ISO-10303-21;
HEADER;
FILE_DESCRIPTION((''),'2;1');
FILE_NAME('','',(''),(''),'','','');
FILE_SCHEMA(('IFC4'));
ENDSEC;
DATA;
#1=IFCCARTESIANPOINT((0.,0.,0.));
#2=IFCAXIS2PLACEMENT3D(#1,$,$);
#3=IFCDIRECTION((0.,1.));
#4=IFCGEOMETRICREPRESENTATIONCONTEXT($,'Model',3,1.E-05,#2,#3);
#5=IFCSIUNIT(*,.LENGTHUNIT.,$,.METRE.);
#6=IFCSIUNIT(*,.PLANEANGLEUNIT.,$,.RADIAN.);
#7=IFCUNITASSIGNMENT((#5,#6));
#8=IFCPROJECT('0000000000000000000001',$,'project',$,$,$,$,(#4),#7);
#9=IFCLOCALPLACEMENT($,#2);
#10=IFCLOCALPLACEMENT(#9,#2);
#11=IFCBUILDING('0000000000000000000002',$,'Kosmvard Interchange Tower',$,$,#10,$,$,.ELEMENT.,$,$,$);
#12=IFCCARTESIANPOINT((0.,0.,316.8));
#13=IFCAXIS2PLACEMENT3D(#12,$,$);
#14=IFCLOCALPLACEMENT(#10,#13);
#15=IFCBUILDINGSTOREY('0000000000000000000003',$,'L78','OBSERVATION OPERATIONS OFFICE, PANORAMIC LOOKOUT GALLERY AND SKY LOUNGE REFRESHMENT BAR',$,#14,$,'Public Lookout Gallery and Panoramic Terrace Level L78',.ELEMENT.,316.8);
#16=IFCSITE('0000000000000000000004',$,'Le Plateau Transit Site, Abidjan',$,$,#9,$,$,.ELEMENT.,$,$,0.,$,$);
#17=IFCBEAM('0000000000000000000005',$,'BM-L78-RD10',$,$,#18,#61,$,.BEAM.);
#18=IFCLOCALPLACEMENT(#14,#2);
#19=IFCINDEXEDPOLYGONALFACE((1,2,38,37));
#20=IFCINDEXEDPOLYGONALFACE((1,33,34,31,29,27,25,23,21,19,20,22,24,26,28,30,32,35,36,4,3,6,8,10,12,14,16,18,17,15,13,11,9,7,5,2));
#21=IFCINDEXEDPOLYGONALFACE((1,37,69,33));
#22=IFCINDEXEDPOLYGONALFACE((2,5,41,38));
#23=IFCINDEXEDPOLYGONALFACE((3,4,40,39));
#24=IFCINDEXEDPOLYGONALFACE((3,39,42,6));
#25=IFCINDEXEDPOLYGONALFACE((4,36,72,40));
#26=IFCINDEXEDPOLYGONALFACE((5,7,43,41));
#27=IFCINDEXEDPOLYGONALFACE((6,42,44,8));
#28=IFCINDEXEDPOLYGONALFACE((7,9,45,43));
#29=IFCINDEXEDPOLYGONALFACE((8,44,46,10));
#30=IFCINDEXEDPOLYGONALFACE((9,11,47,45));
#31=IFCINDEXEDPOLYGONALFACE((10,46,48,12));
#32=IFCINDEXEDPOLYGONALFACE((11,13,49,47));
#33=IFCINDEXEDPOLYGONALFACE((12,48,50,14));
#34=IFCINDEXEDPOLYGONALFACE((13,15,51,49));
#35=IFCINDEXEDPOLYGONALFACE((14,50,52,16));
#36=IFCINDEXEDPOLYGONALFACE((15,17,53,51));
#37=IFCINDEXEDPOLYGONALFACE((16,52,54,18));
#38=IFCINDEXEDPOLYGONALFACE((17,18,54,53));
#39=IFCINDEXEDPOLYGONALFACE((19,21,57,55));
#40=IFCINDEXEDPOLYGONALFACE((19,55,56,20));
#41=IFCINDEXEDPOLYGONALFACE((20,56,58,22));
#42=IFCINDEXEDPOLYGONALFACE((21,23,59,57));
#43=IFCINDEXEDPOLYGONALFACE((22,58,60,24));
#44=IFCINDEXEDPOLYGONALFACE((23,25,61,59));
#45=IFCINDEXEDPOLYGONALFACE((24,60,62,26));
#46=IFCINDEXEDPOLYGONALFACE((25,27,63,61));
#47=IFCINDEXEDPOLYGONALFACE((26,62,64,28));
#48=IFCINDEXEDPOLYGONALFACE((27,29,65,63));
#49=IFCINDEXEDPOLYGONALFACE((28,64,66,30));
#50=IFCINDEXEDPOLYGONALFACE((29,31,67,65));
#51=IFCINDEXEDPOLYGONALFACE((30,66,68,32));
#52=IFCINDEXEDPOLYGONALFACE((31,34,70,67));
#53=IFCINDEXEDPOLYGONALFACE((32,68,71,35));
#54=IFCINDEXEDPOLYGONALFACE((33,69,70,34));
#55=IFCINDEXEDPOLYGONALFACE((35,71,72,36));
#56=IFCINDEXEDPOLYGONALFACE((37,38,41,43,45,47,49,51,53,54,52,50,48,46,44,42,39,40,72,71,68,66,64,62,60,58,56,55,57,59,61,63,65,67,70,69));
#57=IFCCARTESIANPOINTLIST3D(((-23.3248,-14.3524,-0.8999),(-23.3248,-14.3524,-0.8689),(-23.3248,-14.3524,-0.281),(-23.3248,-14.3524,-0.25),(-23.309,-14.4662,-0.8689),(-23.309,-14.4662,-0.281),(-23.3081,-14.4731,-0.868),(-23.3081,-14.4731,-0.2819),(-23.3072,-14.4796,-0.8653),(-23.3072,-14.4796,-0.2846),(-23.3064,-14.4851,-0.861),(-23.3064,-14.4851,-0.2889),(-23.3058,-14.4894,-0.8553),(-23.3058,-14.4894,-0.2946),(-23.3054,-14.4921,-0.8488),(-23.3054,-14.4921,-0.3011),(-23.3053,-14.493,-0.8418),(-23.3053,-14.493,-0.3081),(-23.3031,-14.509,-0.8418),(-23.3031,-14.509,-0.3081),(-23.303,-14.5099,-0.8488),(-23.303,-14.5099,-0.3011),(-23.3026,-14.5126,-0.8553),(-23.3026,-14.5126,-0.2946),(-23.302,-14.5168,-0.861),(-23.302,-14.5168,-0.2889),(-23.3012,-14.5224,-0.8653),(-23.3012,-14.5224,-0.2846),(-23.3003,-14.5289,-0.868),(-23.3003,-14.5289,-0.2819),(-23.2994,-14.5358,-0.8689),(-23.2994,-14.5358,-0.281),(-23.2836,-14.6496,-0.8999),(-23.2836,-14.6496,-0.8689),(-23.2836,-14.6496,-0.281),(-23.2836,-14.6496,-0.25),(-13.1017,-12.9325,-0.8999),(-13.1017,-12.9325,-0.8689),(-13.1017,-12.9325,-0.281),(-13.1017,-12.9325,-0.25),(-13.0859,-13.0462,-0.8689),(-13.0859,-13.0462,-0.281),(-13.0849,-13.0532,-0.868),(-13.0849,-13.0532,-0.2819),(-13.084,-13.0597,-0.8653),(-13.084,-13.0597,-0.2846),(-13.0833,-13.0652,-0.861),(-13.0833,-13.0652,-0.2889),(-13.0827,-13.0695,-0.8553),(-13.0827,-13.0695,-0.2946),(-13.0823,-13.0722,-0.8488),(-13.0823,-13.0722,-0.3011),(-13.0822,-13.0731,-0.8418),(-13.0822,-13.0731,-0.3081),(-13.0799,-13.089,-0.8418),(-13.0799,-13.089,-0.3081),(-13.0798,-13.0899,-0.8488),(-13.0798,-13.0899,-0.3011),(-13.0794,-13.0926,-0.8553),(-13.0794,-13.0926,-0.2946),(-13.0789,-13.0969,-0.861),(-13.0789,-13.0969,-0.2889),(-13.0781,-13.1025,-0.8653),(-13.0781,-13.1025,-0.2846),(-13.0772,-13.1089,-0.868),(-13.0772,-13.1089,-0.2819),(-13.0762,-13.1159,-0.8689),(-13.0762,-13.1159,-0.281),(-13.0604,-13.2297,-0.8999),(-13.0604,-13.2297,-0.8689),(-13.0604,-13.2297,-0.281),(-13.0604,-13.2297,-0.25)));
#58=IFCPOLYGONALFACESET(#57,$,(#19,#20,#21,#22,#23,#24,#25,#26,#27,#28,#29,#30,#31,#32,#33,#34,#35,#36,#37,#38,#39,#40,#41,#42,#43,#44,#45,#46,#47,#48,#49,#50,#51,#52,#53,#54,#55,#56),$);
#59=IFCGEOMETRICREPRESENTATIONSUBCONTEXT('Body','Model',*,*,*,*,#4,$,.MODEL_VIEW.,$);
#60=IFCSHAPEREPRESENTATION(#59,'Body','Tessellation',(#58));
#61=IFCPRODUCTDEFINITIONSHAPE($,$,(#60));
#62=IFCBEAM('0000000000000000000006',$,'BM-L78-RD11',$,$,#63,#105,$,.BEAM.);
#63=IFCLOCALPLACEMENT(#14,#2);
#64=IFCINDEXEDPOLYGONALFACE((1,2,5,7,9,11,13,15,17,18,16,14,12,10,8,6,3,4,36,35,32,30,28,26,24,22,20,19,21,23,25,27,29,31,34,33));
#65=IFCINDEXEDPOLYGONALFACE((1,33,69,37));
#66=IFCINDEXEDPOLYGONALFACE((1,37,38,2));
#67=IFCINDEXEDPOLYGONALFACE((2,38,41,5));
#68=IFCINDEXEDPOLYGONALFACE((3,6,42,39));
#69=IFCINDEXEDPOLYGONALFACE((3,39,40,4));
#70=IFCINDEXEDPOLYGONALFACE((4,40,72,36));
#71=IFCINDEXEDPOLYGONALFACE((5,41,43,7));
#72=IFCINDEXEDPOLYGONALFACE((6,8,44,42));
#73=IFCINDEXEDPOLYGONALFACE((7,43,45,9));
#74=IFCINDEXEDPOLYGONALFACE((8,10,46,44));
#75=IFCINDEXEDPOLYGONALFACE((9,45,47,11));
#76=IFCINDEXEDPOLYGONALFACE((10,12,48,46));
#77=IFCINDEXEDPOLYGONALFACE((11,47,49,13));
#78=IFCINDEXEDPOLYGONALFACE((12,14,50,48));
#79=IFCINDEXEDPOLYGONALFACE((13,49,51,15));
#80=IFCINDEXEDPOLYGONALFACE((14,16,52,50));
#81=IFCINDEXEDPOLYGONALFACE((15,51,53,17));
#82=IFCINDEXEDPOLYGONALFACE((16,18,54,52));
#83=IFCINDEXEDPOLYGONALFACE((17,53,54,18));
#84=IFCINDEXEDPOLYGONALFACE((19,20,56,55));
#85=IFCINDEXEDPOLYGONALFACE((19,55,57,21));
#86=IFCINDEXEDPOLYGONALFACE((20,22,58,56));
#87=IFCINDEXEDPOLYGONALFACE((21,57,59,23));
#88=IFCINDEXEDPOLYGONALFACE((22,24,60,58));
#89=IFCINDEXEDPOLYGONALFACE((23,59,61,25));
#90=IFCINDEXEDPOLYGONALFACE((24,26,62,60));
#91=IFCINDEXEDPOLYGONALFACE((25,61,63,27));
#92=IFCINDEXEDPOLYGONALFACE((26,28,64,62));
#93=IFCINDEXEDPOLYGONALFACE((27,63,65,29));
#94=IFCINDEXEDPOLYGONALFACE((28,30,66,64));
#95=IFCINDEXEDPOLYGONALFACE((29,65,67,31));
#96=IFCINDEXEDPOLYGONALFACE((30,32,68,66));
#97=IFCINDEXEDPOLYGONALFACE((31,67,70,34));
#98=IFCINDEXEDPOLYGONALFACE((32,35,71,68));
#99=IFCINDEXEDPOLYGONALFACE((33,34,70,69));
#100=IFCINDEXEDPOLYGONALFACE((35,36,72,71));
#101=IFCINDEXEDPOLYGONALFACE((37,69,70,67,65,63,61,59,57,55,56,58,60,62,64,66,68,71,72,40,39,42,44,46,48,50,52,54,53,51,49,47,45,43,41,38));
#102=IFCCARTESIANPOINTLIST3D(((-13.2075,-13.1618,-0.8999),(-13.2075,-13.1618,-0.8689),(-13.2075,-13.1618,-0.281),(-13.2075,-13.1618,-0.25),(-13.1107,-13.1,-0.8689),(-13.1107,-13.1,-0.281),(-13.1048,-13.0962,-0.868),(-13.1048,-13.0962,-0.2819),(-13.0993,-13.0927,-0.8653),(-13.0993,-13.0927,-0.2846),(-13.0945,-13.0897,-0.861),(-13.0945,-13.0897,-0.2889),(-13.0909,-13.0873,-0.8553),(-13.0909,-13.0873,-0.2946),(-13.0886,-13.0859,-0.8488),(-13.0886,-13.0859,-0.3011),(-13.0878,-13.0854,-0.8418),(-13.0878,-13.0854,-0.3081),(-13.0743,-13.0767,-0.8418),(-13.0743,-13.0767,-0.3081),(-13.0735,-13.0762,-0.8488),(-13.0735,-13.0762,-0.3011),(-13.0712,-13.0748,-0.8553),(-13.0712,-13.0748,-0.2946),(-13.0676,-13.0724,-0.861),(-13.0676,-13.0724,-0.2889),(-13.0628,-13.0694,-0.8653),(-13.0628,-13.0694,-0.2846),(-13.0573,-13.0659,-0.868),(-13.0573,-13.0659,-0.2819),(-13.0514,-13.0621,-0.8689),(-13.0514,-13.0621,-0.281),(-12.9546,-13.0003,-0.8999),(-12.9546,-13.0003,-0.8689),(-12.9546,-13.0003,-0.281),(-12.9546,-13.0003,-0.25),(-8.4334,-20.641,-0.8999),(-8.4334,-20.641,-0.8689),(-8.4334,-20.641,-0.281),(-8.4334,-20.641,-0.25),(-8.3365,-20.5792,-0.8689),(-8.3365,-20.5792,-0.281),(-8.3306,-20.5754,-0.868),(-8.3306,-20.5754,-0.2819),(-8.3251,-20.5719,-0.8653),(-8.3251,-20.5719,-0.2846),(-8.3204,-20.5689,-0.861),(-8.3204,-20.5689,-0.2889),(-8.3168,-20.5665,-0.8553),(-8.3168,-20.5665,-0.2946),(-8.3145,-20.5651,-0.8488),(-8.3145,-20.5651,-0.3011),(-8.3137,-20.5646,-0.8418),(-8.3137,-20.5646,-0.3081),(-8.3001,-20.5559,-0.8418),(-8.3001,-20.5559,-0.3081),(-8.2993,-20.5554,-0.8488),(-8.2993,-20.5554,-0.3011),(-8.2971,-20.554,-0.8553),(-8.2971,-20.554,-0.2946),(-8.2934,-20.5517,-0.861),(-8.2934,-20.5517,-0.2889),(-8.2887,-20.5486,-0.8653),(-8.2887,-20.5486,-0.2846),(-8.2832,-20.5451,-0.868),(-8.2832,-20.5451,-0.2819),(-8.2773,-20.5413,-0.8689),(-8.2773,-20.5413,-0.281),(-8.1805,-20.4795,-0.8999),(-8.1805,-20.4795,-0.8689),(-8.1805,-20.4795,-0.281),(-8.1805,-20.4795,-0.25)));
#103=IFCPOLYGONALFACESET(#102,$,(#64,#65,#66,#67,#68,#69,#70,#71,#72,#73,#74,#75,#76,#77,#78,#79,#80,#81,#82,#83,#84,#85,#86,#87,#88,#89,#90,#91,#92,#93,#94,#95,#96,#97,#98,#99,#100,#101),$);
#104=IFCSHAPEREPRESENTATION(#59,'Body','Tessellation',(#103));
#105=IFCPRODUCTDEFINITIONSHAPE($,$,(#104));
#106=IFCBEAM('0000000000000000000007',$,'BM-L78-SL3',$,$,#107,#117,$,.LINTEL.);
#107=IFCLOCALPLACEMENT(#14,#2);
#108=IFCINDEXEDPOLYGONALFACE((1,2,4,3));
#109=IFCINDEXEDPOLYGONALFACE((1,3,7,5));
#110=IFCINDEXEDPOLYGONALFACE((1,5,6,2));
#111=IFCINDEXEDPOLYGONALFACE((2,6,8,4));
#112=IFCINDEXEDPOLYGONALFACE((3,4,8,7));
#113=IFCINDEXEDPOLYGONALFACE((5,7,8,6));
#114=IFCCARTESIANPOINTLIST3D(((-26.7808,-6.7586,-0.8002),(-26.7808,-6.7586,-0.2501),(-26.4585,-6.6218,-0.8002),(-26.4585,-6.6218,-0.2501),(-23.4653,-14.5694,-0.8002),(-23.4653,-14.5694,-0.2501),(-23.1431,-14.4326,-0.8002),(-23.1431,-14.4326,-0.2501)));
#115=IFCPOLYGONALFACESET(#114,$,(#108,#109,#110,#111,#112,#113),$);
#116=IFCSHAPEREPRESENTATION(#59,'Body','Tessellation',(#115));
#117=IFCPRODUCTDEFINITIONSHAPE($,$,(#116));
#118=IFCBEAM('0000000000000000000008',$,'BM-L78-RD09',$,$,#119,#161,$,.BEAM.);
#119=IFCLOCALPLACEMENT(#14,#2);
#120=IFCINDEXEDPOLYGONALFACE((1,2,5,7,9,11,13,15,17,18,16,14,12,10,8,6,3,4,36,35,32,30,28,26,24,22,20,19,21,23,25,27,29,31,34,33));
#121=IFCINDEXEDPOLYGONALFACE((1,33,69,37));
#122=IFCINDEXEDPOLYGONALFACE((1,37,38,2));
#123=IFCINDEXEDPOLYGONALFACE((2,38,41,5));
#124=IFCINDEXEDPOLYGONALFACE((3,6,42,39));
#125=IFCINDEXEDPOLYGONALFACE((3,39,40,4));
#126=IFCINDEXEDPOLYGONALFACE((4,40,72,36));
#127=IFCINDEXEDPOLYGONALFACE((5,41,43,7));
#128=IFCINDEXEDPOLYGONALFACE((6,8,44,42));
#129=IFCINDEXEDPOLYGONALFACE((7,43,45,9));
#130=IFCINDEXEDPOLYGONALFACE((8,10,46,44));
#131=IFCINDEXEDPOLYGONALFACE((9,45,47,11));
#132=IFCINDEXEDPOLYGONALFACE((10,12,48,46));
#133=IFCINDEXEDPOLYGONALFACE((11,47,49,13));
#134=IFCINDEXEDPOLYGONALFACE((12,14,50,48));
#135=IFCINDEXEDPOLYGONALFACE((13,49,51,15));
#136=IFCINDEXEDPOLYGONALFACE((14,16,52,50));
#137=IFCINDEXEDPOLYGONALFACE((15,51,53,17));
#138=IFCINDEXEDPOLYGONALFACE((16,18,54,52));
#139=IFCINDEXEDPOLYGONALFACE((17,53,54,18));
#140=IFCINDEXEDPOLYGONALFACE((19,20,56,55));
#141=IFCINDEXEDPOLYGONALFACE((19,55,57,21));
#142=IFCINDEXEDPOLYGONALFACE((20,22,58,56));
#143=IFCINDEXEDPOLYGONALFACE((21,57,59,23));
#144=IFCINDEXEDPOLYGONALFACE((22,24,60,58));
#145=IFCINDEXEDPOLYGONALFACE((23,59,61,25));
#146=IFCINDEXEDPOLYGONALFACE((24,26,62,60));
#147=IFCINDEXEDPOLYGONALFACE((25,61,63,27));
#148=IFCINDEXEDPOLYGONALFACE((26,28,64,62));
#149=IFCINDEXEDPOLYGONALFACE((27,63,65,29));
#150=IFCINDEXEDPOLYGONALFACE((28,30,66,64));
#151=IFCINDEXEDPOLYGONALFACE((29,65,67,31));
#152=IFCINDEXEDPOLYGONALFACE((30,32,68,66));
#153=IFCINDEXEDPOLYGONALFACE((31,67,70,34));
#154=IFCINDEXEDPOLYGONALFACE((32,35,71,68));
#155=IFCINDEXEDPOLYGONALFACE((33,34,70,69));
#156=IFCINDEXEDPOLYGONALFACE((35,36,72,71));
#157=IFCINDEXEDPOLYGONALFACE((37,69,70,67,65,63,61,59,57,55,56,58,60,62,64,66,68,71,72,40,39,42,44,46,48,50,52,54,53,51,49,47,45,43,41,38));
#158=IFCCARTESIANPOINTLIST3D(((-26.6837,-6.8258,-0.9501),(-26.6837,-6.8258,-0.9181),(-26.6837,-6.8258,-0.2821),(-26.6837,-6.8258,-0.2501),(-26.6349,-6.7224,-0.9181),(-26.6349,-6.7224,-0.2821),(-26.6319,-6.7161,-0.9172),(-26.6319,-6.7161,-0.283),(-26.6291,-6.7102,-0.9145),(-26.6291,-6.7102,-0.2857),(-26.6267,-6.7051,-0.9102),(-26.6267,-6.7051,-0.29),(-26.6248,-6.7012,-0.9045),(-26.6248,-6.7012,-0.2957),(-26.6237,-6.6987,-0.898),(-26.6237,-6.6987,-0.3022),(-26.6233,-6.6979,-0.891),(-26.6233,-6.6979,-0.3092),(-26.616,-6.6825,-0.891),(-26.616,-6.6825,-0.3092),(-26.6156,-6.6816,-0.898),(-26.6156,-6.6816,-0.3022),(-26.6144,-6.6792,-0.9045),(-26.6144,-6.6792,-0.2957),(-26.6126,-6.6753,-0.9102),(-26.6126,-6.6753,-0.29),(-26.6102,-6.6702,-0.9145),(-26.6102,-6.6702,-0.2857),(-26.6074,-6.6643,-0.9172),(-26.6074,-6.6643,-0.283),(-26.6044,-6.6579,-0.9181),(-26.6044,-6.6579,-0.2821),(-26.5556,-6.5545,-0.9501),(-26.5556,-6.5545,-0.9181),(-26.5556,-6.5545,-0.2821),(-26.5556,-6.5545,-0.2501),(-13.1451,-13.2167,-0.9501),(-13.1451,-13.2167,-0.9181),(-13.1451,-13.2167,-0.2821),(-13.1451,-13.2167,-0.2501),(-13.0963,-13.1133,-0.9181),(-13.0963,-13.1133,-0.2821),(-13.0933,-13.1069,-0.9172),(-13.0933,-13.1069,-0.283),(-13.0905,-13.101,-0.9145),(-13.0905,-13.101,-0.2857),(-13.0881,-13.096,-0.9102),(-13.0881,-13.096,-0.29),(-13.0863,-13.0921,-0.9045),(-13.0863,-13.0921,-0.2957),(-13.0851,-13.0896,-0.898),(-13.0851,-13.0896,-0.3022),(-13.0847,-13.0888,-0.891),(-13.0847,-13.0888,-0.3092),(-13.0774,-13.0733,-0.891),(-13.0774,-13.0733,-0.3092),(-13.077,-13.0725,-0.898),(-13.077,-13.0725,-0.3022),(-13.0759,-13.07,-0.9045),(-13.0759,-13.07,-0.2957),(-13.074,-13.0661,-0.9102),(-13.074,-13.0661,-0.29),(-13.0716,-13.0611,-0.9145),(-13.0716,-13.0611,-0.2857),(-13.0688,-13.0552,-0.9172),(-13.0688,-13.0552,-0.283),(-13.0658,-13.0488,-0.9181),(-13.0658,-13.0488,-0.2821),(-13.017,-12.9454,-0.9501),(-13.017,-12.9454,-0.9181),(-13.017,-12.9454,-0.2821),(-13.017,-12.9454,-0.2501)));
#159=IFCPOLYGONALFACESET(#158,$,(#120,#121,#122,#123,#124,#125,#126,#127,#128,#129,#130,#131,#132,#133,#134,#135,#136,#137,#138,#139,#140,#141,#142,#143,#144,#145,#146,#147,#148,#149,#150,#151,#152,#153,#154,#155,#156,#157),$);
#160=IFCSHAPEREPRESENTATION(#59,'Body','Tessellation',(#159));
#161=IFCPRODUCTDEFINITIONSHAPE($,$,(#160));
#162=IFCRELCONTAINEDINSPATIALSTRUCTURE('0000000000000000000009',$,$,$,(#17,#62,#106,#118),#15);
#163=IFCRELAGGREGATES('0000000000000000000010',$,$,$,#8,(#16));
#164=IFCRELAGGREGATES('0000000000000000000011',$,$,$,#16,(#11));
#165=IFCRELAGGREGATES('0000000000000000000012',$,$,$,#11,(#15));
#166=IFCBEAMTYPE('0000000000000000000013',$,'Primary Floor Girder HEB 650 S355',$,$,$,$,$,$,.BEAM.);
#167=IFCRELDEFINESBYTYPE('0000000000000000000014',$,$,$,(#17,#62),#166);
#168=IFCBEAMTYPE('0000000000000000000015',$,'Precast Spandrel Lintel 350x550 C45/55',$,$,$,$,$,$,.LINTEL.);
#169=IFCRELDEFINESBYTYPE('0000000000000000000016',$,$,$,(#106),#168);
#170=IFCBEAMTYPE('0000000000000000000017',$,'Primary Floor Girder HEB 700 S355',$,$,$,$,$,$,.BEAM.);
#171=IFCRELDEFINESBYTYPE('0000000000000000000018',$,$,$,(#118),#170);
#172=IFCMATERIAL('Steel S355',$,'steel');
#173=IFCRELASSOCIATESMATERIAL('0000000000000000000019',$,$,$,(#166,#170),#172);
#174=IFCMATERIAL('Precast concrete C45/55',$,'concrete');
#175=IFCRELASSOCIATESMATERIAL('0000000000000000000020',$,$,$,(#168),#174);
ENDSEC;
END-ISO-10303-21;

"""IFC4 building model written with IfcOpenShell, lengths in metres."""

from ifc_helpers import new_model, si_unit, direction, frame, origin, origin_2d, place, context, subcontext, project, spatial, rectangle, i_section, extrude, source, transform, mapped, material, material_profile, profile_set, type_object, element, save


model = new_model("IFC4")

# Units and contexts
model_context = context("Model", 3, precision=1e-05, world=origin(), true_north=direction((0.0, 1.0)))
body_context = subcontext(model_context, "Body", "Model", "MODEL_VIEW")
ifc_project = project(units=[si_unit("LENGTHUNIT", "METRE"), si_unit("PLANEANGLEUNIT", "RADIAN")], contexts=[model_context])

# Site, building, storey
site_placement = place(None, origin())
site = spatial("IfcSite", under=ifc_project, at=site_placement, Name="Le Plateau Transit Site, Abidjan", CompositionType="ELEMENT", RefElevation=0.0)
building_placement = place(site_placement, origin())
building = spatial("IfcBuilding", under=site, at=building_placement, Name="Kosmvard Interchange Tower", CompositionType="ELEMENT")
storey_placement = place(building_placement, frame((0.0, 0.0, 316.8)))
storey = spatial("IfcBuildingStorey", under=building, at=storey_placement, Name="L78", Description="OBSERVATION OPERATIONS OFFICE, PANORAMIC LOOKOUT GALLERY AND SKY LOUNGE REFRESHMENT BAR", LongName="Public Lookout Gallery and Panoramic Terrace Level L78", CompositionType="ELEMENT", Elevation=316.8)

# Beams
ifc_material_1 = material(Name="Steel S355", Category="steel")
ifc_material_profile_1 = material_profile(ifc_material_1, i_section(OverallWidth=0.3, OverallDepth=0.6499, WebThickness=0.0161, FlangeThickness=0.031, FilletRadius=0.0271, at=origin_2d()), Name="HEB 650")
ifc_profile_set_1 = profile_set([ifc_material_profile_1], Name="Steel S355")
beam_type_1 = type_object("IfcBeamType", Name="Primary Floor Girder HEB 650 S355", PredefinedType="BEAM", material=ifc_profile_set_1)
shared_shape_1 = source(origin(), body_context, "Body", "SweptSolid", [
    extrude(i_section(OverallWidth=0.3, OverallDepth=0.6499, WebThickness=0.0161, FlangeThickness=0.031, FilletRadius=0.0271, at=origin_2d()), origin(), (0.0, 0.0, 1.0), 10.3213),
])
beam_1_placement = place(storey_placement, frame((-13.0811, -13.0811, -0.575), z_axis=(-0.990492, -0.137572, 0.0), x_axis=(0.137572, -0.990492, 0.0)))
element("IfcBeam", 1, at=beam_1_placement, inside=storey, type_object=beam_type_1, Name="BM-L78-RD10", PredefinedType="BEAM", context=body_context, shape_type="MappedRepresentation", body=[
    mapped(shared_shape_1, transform((0.0, 0.0, 0.0), scale=1.0)),
])
shared_shape_2 = source(origin(), body_context, "Body", "SweptSolid", [
    extrude(i_section(OverallWidth=0.3, OverallDepth=0.6499, WebThickness=0.0161, FlangeThickness=0.031, FilletRadius=0.0271, at=origin_2d()), origin(), (0.0, 0.0, 1.0), 8.873),
])
beam_2_placement = place(storey_placement, frame((-13.0811, -13.0811, -0.575), z_axis=(0.53805, -0.842913, 0.0), x_axis=(0.842913, 0.53805, 0.0)))
element("IfcBeam", 2, at=beam_2_placement, inside=storey, type_object=beam_type_1, Name="BM-L78-RD11", PredefinedType="BEAM", context=body_context, shape_type="MappedRepresentation", body=[
    mapped(shared_shape_2, transform((0.0, 0.0, 0.0), scale=1.0)),
])
ifc_material_2 = material(Name="Precast concrete C45/55", Category="concrete")
ifc_material_profile_2 = material_profile(ifc_material_2, rectangle(XDim=0.3501, YDim=0.55, at=origin_2d()), Name="SL 350x550")
ifc_profile_set_2 = profile_set([ifc_material_profile_2], Name="Precast concrete C45/55")
beam_type_2 = type_object("IfcBeamType", Name="Precast Spandrel Lintel 350x550 C45/55", PredefinedType="LINTEL", material=ifc_profile_set_2)
shared_shape_3 = source(origin(), body_context, "Body", "SweptSolid", [
    extrude(rectangle(XDim=0.3501, YDim=0.55, at=origin_2d()), origin(), (0.0, 0.0, 1.0), 8.4854),
])
beam_3_placement = place(storey_placement, frame((-26.6196, -6.6902, -0.5251), z_axis=(0.390726, -0.920507, 0.0), x_axis=(0.920507, 0.390726, 0.0)))
element("IfcBeam", 3, at=beam_3_placement, inside=storey, type_object=beam_type_2, Name="BM-L78-SL3", PredefinedType="LINTEL", context=body_context, shape_type="MappedRepresentation", body=[
    mapped(shared_shape_3, transform((0.0, 0.0, 0.0), scale=1.0)),
])
ifc_material_profile_3 = material_profile(ifc_material_1, i_section(OverallWidth=0.3, OverallDepth=0.7, WebThickness=0.0171, FlangeThickness=0.032, FilletRadius=0.0271, at=origin_2d()), Name="HEB 700")
ifc_profile_set_3 = profile_set([ifc_material_profile_3], Name="Steel S355")
beam_type_3 = type_object("IfcBeamType", Name="Primary Floor Girder HEB 700 S355", PredefinedType="BEAM", material=ifc_profile_set_3)
shared_shape_4 = source(origin(), body_context, "Body", "SweptSolid", [
    extrude(i_section(OverallWidth=0.3, OverallDepth=0.7, WebThickness=0.0171, FlangeThickness=0.032, FilletRadius=0.0271, at=origin_2d()), origin(), (0.0, 0.0, 1.0), 14.9712),
])
beam_4_placement = place(storey_placement, frame((-13.0811, -13.0811, -0.6001), z_axis=(-0.904309, 0.426878, 0.0), x_axis=(-0.426878, -0.904309, 0.0)))
element("IfcBeam", 4, at=beam_4_placement, inside=storey, type_object=beam_type_3, Name="BM-L78-RD09", PredefinedType="BEAM", context=body_context, shape_type="MappedRepresentation", body=[
    mapped(shared_shape_4, transform((0.0, 0.0, 0.0), scale=1.0)),
])

save(model, "model.ifc")
